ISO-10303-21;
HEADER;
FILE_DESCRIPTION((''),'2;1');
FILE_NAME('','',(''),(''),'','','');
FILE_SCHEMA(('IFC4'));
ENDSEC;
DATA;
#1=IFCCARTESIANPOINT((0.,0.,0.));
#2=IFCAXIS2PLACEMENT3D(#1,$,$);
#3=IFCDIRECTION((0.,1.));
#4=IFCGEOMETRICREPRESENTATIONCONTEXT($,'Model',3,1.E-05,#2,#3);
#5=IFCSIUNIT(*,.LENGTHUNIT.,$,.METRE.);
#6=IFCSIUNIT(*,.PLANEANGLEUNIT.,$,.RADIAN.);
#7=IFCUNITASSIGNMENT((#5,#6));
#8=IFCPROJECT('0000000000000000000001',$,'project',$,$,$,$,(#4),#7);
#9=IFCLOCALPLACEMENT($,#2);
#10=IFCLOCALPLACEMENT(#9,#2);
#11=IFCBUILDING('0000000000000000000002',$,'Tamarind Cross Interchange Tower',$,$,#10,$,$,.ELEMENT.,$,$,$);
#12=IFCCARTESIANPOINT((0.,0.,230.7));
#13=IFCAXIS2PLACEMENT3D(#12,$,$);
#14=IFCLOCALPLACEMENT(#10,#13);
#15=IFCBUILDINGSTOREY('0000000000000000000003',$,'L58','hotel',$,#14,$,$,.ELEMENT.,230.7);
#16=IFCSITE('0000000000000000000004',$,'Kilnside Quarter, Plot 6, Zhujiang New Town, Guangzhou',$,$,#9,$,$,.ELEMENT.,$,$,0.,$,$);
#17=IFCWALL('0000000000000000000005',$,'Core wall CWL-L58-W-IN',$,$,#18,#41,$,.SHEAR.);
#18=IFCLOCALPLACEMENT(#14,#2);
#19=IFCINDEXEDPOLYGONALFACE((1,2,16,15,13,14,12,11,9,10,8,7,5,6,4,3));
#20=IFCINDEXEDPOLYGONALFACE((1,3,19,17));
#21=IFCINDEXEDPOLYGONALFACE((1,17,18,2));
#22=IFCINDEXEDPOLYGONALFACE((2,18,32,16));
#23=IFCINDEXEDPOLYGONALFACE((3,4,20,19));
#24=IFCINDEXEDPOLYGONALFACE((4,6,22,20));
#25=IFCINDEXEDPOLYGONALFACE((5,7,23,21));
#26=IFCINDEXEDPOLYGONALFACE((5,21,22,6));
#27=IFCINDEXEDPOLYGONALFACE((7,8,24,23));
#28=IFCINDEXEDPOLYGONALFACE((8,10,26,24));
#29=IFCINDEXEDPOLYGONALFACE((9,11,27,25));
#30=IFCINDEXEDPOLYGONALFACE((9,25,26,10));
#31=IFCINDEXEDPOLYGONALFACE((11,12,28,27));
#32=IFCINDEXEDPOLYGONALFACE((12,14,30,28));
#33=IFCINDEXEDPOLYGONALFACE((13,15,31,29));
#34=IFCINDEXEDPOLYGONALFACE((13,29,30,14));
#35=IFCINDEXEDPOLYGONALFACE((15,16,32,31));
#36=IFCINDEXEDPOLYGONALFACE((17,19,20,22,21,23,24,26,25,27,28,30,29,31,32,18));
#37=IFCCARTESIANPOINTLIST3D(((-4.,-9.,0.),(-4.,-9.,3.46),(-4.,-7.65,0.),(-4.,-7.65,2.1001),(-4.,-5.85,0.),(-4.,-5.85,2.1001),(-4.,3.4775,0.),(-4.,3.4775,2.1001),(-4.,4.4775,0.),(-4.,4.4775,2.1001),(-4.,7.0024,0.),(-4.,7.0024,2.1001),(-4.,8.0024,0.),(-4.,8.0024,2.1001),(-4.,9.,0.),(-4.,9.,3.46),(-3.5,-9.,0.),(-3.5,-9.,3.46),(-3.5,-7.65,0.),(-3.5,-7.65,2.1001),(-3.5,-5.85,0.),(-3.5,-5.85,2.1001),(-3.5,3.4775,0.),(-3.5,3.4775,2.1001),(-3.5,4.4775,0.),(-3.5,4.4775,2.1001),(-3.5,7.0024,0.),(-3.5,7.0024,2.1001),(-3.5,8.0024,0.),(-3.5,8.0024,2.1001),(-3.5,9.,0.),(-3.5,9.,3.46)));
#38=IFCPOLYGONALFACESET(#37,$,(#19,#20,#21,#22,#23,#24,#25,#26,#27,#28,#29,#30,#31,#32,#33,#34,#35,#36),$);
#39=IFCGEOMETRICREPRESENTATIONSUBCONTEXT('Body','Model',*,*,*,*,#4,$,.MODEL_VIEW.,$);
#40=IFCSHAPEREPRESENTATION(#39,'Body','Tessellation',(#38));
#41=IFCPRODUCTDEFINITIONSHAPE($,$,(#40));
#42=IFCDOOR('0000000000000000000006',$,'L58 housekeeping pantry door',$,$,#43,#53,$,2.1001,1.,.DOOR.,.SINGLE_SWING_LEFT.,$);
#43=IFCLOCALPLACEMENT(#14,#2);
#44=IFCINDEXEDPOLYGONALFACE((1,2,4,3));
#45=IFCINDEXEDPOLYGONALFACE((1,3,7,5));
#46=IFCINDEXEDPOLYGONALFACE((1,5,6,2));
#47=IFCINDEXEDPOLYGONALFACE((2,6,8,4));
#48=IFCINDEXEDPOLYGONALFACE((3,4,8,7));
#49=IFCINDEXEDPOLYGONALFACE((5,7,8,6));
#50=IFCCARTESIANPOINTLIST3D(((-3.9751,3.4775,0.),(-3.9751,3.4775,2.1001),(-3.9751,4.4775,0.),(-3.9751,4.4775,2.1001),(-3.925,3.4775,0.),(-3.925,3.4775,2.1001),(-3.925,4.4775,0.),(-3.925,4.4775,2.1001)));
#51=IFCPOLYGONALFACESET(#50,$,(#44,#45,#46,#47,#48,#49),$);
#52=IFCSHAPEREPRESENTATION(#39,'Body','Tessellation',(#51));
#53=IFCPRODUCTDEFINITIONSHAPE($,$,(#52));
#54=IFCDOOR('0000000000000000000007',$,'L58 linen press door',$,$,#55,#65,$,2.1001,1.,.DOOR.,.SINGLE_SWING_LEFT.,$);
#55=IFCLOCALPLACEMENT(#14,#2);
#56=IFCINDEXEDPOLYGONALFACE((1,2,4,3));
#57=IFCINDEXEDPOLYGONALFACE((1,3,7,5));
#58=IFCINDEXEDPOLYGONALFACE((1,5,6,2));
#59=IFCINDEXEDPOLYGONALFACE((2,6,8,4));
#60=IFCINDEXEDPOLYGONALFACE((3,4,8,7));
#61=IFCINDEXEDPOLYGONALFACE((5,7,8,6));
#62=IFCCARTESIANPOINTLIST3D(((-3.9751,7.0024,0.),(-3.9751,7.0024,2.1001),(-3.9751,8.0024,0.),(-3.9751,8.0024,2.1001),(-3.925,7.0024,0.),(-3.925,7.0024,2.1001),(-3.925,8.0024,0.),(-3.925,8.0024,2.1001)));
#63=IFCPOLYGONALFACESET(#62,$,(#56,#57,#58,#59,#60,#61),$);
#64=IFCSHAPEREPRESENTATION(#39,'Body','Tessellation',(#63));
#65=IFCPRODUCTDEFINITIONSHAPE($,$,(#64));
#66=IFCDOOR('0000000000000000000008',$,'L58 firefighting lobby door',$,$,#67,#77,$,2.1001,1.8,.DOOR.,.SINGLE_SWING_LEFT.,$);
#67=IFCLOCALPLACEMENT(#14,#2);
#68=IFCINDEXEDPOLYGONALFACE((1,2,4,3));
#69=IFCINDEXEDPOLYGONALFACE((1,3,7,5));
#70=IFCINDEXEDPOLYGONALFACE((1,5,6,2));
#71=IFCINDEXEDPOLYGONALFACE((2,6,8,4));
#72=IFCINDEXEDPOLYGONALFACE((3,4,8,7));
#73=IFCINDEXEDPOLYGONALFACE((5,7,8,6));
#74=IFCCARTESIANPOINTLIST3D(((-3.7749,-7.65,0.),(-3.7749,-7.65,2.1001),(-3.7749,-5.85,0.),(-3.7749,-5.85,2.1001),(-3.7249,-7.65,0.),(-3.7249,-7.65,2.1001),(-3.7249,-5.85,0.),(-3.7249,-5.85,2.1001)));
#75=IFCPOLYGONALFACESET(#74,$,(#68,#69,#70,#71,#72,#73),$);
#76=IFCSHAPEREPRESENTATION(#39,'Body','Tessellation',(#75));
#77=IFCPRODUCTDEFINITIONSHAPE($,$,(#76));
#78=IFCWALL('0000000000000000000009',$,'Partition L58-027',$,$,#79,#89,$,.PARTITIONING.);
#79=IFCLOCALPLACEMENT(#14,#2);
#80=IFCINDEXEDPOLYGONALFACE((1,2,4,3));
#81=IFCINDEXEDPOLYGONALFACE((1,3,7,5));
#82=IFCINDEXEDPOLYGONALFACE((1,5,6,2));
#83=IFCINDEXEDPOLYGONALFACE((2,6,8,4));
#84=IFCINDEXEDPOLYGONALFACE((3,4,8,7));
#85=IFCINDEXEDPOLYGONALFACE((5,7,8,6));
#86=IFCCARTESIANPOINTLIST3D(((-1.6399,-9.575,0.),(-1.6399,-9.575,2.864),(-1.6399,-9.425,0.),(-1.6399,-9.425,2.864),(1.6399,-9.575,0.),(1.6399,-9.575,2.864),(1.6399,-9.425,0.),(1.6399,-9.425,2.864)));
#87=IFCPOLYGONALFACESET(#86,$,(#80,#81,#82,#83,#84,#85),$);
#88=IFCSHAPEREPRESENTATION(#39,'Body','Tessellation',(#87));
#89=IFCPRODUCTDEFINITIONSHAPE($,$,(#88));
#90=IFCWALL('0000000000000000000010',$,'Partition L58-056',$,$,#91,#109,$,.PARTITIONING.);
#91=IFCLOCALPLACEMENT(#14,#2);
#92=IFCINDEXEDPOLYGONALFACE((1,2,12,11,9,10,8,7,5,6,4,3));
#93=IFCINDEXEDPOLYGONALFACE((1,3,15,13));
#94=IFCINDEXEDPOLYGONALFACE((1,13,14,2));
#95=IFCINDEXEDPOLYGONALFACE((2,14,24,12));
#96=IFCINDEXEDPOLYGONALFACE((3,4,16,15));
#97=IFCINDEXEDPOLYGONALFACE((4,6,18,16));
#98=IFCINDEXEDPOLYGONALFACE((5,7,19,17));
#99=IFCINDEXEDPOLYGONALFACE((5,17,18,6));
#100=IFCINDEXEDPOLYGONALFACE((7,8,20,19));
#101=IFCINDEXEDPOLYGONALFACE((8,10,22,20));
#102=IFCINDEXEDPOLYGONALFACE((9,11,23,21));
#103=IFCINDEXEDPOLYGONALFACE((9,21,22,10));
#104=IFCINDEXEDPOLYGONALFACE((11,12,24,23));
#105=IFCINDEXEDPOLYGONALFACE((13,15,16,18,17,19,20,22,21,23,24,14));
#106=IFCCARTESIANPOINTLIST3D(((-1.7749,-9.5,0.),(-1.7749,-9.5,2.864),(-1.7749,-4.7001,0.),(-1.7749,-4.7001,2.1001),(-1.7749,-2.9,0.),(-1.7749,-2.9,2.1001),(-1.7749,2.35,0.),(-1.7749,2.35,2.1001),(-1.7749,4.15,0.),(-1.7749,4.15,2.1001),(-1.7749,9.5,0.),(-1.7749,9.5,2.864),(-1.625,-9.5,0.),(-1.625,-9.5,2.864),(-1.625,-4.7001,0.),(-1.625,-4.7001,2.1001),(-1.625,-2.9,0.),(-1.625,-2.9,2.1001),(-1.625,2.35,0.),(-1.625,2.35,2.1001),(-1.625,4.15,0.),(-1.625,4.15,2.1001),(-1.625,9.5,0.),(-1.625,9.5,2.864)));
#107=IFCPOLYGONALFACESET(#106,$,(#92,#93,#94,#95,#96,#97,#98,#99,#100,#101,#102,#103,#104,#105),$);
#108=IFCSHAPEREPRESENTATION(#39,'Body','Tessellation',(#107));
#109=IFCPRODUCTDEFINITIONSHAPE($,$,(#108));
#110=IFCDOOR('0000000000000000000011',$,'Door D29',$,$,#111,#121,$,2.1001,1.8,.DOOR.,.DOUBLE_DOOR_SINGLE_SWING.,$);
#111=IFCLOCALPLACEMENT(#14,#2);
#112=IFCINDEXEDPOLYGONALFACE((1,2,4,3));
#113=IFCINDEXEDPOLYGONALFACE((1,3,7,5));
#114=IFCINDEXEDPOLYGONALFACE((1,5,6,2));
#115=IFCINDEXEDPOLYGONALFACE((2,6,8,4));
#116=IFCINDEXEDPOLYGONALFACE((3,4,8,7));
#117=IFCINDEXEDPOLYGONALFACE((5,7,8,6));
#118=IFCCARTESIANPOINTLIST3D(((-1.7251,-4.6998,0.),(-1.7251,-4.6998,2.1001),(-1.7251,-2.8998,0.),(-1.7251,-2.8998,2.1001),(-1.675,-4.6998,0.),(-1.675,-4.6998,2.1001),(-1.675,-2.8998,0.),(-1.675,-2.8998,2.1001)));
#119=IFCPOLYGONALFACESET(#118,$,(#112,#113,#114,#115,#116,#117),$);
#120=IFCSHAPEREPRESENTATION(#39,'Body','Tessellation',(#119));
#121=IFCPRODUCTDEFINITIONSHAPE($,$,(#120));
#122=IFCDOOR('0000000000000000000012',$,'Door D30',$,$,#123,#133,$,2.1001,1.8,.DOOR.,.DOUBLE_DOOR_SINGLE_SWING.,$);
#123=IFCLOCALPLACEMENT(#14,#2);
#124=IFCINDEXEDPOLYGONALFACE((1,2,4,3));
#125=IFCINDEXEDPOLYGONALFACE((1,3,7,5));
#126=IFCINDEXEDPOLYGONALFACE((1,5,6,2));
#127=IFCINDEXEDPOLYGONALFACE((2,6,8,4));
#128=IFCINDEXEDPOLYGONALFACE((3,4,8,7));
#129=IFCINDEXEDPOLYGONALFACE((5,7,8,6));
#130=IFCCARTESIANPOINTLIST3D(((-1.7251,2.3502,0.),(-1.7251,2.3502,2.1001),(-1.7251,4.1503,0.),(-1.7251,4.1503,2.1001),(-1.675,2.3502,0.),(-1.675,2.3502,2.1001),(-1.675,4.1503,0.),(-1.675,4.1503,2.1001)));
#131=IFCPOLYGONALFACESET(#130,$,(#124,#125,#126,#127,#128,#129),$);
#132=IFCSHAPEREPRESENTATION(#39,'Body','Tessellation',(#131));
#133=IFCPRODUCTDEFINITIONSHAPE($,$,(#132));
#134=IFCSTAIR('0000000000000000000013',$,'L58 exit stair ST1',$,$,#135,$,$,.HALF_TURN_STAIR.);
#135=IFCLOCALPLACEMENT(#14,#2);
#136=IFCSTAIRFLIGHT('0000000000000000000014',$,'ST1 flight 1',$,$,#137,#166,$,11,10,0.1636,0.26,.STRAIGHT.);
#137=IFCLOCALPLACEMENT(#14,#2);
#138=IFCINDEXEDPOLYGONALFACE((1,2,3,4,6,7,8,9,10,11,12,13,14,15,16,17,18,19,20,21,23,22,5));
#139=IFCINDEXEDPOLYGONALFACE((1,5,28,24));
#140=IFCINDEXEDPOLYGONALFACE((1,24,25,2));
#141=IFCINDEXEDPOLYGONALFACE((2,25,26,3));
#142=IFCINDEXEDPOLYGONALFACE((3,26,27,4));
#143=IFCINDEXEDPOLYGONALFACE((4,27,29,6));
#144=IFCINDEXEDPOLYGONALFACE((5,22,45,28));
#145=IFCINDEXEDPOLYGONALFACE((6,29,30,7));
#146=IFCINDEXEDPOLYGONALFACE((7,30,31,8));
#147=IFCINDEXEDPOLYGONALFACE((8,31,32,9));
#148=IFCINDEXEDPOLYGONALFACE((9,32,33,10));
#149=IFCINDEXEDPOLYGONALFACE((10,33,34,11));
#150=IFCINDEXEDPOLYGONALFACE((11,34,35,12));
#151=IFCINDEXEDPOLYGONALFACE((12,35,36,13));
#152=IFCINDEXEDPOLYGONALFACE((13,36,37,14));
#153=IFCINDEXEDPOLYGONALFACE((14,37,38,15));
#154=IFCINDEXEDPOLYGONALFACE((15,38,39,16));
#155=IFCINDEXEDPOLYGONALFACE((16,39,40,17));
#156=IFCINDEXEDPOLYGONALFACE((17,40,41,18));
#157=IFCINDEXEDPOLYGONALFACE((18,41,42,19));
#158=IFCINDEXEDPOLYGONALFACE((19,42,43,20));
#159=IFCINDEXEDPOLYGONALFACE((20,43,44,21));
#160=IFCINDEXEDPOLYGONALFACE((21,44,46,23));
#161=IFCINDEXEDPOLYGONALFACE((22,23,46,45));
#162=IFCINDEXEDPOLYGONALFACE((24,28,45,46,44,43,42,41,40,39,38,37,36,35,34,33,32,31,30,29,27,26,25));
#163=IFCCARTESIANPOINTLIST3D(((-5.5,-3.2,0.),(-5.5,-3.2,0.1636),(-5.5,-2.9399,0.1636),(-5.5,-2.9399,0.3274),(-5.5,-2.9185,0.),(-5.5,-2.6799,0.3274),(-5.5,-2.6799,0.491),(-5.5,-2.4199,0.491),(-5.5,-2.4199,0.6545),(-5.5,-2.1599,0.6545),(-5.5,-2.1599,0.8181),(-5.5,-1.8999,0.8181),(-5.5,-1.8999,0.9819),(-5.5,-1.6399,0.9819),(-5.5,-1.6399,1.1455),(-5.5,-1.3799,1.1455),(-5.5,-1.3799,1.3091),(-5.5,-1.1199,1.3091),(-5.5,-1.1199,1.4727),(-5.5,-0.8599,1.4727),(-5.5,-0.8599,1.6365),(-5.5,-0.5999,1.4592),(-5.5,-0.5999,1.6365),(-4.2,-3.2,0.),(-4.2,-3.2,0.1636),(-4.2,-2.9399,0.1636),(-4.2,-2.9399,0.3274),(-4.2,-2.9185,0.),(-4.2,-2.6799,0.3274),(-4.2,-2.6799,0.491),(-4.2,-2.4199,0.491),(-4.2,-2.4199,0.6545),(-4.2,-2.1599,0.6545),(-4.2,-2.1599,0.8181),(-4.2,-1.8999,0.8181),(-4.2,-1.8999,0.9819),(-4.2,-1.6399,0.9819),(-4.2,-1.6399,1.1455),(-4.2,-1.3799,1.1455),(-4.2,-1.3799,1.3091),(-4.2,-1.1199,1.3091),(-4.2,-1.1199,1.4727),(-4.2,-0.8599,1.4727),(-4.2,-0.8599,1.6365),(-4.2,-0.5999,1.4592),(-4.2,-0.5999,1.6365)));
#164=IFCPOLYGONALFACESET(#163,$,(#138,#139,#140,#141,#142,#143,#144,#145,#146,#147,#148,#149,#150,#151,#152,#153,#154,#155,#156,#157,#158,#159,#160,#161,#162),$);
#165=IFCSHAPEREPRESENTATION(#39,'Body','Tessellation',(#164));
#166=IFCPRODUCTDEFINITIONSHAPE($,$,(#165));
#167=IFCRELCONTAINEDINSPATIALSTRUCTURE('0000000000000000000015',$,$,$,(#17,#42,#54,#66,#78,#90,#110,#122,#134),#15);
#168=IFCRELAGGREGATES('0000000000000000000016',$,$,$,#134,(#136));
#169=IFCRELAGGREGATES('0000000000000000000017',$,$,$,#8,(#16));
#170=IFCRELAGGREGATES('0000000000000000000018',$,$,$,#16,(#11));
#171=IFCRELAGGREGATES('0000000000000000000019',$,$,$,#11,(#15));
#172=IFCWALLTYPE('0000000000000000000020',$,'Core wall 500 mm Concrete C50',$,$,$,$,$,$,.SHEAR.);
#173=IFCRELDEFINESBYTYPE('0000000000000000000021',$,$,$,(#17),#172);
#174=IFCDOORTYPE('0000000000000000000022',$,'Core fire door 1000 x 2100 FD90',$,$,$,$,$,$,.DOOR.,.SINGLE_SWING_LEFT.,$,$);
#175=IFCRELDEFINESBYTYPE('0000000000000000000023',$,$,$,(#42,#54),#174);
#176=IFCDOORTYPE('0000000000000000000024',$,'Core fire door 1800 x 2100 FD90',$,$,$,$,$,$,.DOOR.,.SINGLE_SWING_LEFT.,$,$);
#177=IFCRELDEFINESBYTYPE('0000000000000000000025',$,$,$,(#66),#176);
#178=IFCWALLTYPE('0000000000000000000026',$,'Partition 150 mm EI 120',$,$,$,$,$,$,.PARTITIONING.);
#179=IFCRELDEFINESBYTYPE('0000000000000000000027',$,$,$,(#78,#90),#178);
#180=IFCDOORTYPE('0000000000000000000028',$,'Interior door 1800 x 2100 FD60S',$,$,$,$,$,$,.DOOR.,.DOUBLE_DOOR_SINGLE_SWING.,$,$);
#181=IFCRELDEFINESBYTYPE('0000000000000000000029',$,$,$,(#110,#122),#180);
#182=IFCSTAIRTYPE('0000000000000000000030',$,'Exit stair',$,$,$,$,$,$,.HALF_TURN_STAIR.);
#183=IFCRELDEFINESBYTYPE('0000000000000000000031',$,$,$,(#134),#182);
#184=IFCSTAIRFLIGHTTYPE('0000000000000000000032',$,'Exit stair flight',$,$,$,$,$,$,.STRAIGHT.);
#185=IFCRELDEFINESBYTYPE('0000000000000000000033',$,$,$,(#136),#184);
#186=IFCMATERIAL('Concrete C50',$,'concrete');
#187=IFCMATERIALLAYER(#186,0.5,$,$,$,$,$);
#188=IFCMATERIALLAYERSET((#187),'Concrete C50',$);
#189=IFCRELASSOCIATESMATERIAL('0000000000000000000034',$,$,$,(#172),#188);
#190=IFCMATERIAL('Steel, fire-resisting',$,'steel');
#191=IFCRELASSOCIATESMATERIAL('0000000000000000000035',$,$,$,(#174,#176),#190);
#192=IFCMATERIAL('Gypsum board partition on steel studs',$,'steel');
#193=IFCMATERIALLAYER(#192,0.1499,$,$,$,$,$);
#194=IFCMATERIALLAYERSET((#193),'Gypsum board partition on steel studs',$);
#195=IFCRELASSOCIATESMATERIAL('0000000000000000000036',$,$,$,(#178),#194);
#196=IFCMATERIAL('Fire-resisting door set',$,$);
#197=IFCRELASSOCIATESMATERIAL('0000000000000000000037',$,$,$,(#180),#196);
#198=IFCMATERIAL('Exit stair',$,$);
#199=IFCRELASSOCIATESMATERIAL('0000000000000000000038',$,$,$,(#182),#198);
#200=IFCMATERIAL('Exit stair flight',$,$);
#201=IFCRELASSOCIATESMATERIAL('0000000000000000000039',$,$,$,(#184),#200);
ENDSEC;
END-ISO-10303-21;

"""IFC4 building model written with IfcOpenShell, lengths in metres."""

from ifc_helpers import new_model, si_unit, direction, frame, frame_2d, origin, place, context, subcontext, project, spatial, polyline, rectangle, outline, extrude, material, layer, layer_set, type_object, element, fill, aggregate, save


model = new_model("IFC4")

# Units and contexts
model_context = context("Model", 3, precision=1e-05, world=origin(), true_north=direction((0.0, 1.0)))
body_context = subcontext(model_context, "Body", "Model", "MODEL_VIEW")
ifc_project = project(units=[si_unit("LENGTHUNIT", "METRE"), si_unit("PLANEANGLEUNIT", "RADIAN")], contexts=[model_context])

# Site, building, storey
site_placement = place(None, origin())
site = spatial("IfcSite", under=ifc_project, at=site_placement, Name="Kilnside Quarter, Plot 6, Zhujiang New Town, Guangzhou", CompositionType="ELEMENT", RefElevation=0.0)
building_placement = place(site_placement, origin())
building = spatial("IfcBuilding", under=site, at=building_placement, Name="Tamarind Cross Interchange Tower", CompositionType="ELEMENT")
storey_placement = place(building_placement, frame((0.0, 0.0, 230.7)))
storey = spatial("IfcBuildingStorey", under=building, at=storey_placement, Name="L58", Description="hotel", CompositionType="ELEMENT", Elevation=230.7)

# Wall, openings, doors
ifc_material_1 = material(Name="Concrete C50", Category="concrete")
ifc_layer_1 = layer(ifc_material_1, 0.5)
ifc_layer_set_1 = layer_set([ifc_layer_1], Name="Concrete C50")
wall_type_1 = type_object("IfcWallType", Name="Core wall 500 mm Concrete C50", PredefinedType="SHEAR", material=ifc_layer_set_1)
wall_1_placement = place(storey_placement, frame((-3.75, -9.0, 0.0), z_axis=(0.0, 0.0, 1.0), x_axis=(0.0, 1.0, 0.0)))
wall_1 = element("IfcWall", 1, at=wall_1_placement, inside=storey, type_object=wall_type_1, Name="Core wall CWL-L58-W-IN", PredefinedType="SHEAR", context=body_context, shape_type="SweptSolid", body=[
    extrude(rectangle(XDim=18.0, YDim=0.5, at=frame_2d((9.0, 0.0))), origin(), (0.0, 0.0, 1.0), 3.46),
])
opening_1_placement = place(wall_1_placement, frame((1.3501, 0.0, 0.0)))
opening_1 = element("IfcOpeningElement", 2, at=opening_1_placement, cuts=wall_1, PredefinedType="OPENING", context=body_context, shape_type="SweptSolid", body=[
    extrude(rectangle(XDim=1.8, YDim=2.1001, at=frame_2d((0.8999, 1.05))), frame((0.0, 0.26, 0.0), z_axis=(0.0, -1.0, 0.0), x_axis=(1.0, 0.0, 0.0)), (0.0, 0.0, 1.0), 0.52),
])
opening_2_placement = place(wall_1_placement, frame((12.4775, 0.0, 0.0)))
opening_2 = element("IfcOpeningElement", 3, at=opening_2_placement, cuts=wall_1, PredefinedType="OPENING", context=body_context, shape_type="SweptSolid", body=[
    extrude(rectangle(XDim=1.0, YDim=2.1001, at=frame_2d((0.5, 1.05))), frame((0.0, 0.26, 0.0), z_axis=(0.0, -1.0, 0.0), x_axis=(1.0, 0.0, 0.0)), (0.0, 0.0, 1.0), 0.52),
])
opening_3_placement = place(wall_1_placement, frame((16.0024, 0.0, 0.0)))
opening_3 = element("IfcOpeningElement", 4, at=opening_3_placement, cuts=wall_1, PredefinedType="OPENING", context=body_context, shape_type="SweptSolid", body=[
    extrude(rectangle(XDim=1.0, YDim=2.1001, at=frame_2d((0.5, 1.05))), frame((0.0, 0.26, 0.0), z_axis=(0.0, -1.0, 0.0), x_axis=(1.0, 0.0, 0.0)), (0.0, 0.0, 1.0), 0.52),
])
ifc_material_2 = material(Name="Steel, fire-resisting", Category="steel")
door_type_1 = type_object("IfcDoorType", Name="Core fire door 1000 x 2100 FD90", OperationType="SINGLE_SWING_LEFT", PredefinedType="DOOR", material=ifc_material_2)
door_1_placement = place(opening_2_placement, origin())
door_1 = element("IfcDoor", 5, at=door_1_placement, inside=storey, type_object=door_type_1, Name="L58 housekeeping pantry door", OperationType="SINGLE_SWING_LEFT", OverallHeight=2.1001, OverallWidth=1.0, PredefinedType="DOOR", context=body_context, shape_type="SweptSolid", body=[
    extrude(rectangle(XDim=1.0, YDim=2.1001, at=frame_2d((0.5, 1.05))), frame((0.0, 0.2251, 0.0), z_axis=(0.0, -1.0, 0.0), x_axis=(1.0, 0.0, 0.0)), (0.0, 0.0, 1.0), 0.05),
])
fill(opening_2, door_1)
door_2_placement = place(opening_3_placement, origin())
door_2 = element("IfcDoor", 6, at=door_2_placement, inside=storey, type_object=door_type_1, Name="L58 linen press door", OperationType="SINGLE_SWING_LEFT", OverallHeight=2.1001, OverallWidth=1.0, PredefinedType="DOOR", context=body_context, shape_type="SweptSolid", body=[
    extrude(rectangle(XDim=1.0, YDim=2.1001, at=frame_2d((0.5, 1.05))), frame((0.0, 0.2251, 0.0), z_axis=(0.0, -1.0, 0.0), x_axis=(1.0, 0.0, 0.0)), (0.0, 0.0, 1.0), 0.05),
])
fill(opening_3, door_2)
door_type_2 = type_object("IfcDoorType", Name="Core fire door 1800 x 2100 FD90", OperationType="SINGLE_SWING_LEFT", PredefinedType="DOOR", material=ifc_material_2)
door_3_placement = place(opening_1_placement, origin())
door_3 = element("IfcDoor", 7, at=door_3_placement, inside=storey, type_object=door_type_2, Name="L58 firefighting lobby door", OperationType="SINGLE_SWING_LEFT", OverallHeight=2.1001, OverallWidth=1.8, PredefinedType="DOOR", context=body_context, shape_type="SweptSolid", body=[
    extrude(rectangle(XDim=1.8, YDim=2.1001, at=frame_2d((0.8999, 1.05))), frame((0.0, 0.0249, 0.0), z_axis=(0.0, -1.0, 0.0), x_axis=(1.0, 0.0, 0.0)), (0.0, 0.0, 1.0), 0.05),
])
fill(opening_1, door_3)

# Wall
ifc_material_3 = material(Name="Gypsum board partition on steel studs", Category="steel")
ifc_layer_2 = layer(ifc_material_3, 0.1499)
ifc_layer_set_2 = layer_set([ifc_layer_2], Name="Gypsum board partition on steel studs")
wall_type_2 = type_object("IfcWallType", Name="Partition 150 mm EI 120", PredefinedType="PARTITIONING", material=ifc_layer_set_2)
wall_2_placement = place(storey_placement, frame((-1.6399, -9.5, 0.0), z_axis=(0.0, 0.0, 1.0), x_axis=(1.0, 0.0, 0.0)))
element("IfcWall", 8, at=wall_2_placement, inside=storey, type_object=wall_type_2, Name="Partition L58-027", PredefinedType="PARTITIONING", context=body_context, shape_type="SweptSolid", body=[
    extrude(rectangle(XDim=3.2798, YDim=0.1499, at=frame_2d((1.6399, 0.0))), origin(), (0.0, 0.0, 1.0), 2.864),
])

# Wall, openings, doors
wall_3_placement = place(storey_placement, frame((-1.7, -9.5, 0.0), z_axis=(0.0, 0.0, 1.0), x_axis=(0.0, 1.0, 0.0)))
wall_3 = element("IfcWall", 9, at=wall_3_placement, inside=storey, type_object=wall_type_2, Name="Partition L58-056", PredefinedType="PARTITIONING", context=body_context, shape_type="SweptSolid", body=[
    extrude(rectangle(XDim=19.0, YDim=0.1499, at=frame_2d((9.5, 0.0))), origin(), (0.0, 0.0, 1.0), 2.864),
])
opening_4_placement = place(wall_3_placement, frame((4.8, 0.0, 0.0)))
opening_4 = element("IfcOpeningElement", 10, at=opening_4_placement, cuts=wall_3, PredefinedType="OPENING", context=body_context, shape_type="SweptSolid", body=[
    extrude(rectangle(XDim=1.8, YDim=2.1001, at=frame_2d((0.8999, 1.05))), frame((0.0, 0.085, 0.0), z_axis=(0.0, -1.0, 0.0), x_axis=(1.0, 0.0, 0.0)), (0.0, 0.0, 1.0), 0.1699),
])
opening_5_placement = place(wall_3_placement, frame((11.8501, 0.0, 0.0)))
opening_5 = element("IfcOpeningElement", 11, at=opening_5_placement, cuts=wall_3, PredefinedType="OPENING", context=body_context, shape_type="SweptSolid", body=[
    extrude(rectangle(XDim=1.8, YDim=2.1001, at=frame_2d((0.8999, 1.05))), frame((0.0, 0.085, 0.0), z_axis=(0.0, -1.0, 0.0), x_axis=(1.0, 0.0, 0.0)), (0.0, 0.0, 1.0), 0.1699),
])
ifc_material_4 = material(Name="Fire-resisting door set")
door_type_3 = type_object("IfcDoorType", Name="Interior door 1800 x 2100 FD60S", OperationType="DOUBLE_DOOR_SINGLE_SWING", PredefinedType="DOOR", material=ifc_material_4)
door_4_placement = place(opening_4_placement, frame((1.8, 0.0, 0.0), z_axis=(0.0, 0.0, 1.0), x_axis=(-1.0, 0.0, 0.0)))
door_4 = element("IfcDoor", 12, at=door_4_placement, inside=storey, type_object=door_type_3, Name="Door D29", OperationType="DOUBLE_DOOR_SINGLE_SWING", OverallHeight=2.1001, OverallWidth=1.8, PredefinedType="DOOR", context=body_context, shape_type="SweptSolid", body=[
    extrude(rectangle(XDim=1.8, YDim=2.1001, at=frame_2d((0.8999, 1.05))), frame((0.0, 0.0249, 0.0), z_axis=(0.0, -1.0, 0.0), x_axis=(1.0, 0.0, 0.0)), (0.0, 0.0, 1.0), 0.05),
])
fill(opening_4, door_4)
door_5_placement = place(opening_5_placement, frame((1.8, 0.0, 0.0), z_axis=(0.0, 0.0, 1.0), x_axis=(-1.0, 0.0, 0.0)))
door_5 = element("IfcDoor", 13, at=door_5_placement, inside=storey, type_object=door_type_3, Name="Door D30", OperationType="DOUBLE_DOOR_SINGLE_SWING", OverallHeight=2.1001, OverallWidth=1.8, PredefinedType="DOOR", context=body_context, shape_type="SweptSolid", body=[
    extrude(rectangle(XDim=1.8, YDim=2.1001, at=frame_2d((0.8999, 1.05))), frame((0.0, 0.0249, 0.0), z_axis=(0.0, -1.0, 0.0), x_axis=(1.0, 0.0, 0.0)), (0.0, 0.0, 1.0), 0.05),
])
fill(opening_5, door_5)

# Stair, stair flight
ifc_material_5 = material(Name="Exit stair")
stair_type = type_object("IfcStairType", Name="Exit stair", PredefinedType="HALF_TURN_STAIR", material=ifc_material_5)
stair_placement = place(storey_placement, origin())
stair = element("IfcStair", 14, at=stair_placement, inside=storey, type_object=stair_type, Name="L58 exit stair ST1", PredefinedType="HALF_TURN_STAIR")
ifc_material_6 = material(Name="Exit stair flight")
stair_flight_type = type_object("IfcStairFlightType", Name="Exit stair flight", PredefinedType="STRAIGHT", material=ifc_material_6)
stair_flight_placement = place(storey_placement, frame((-4.8501, -3.2, 0.0), z_axis=(0.0, 0.0, 1.0), x_axis=(0.0, 1.0, 0.0)))
stair_flight = element("IfcStairFlight", 15, at=stair_flight_placement, type_object=stair_flight_type, Name="ST1 flight 1", NumberOfRisers=11, NumberOfTreads=10, PredefinedType="STRAIGHT", RiserHeight=0.1636, TreadLength=0.26, context=body_context, shape_type="SweptSolid", body=[
    extrude(outline(polyline([(0.0, 0.0), (0.0, 0.1636), (0.26, 0.1636), (0.26, 0.3274), (0.52, 0.3274), (0.52, 0.491), (0.78, 0.491), (0.78, 0.6545), (1.04, 0.6545), (1.04, 0.8181), (1.3, 0.8181), (1.3, 0.9819), (1.5601, 0.9819), (1.5601, 1.1455), (1.8201, 1.1455), (1.8201, 1.3091), (2.0801, 1.3091), (2.0801, 1.4727), (2.3401, 1.4727), (2.3401, 1.6365), (2.6001, 1.6365), (2.6001, 1.8), (2.6001, 1.4592), (0.2815, 0.0), (0.0, 0.0)])), frame((0.0, 0.6499, 0.0), z_axis=(0.0, -1.0, 0.0), x_axis=(1.0, 0.0, 0.0)), (0.0, 0.0, 1.0), 1.3),
])
aggregate(stair, [stair_flight])

save(model, "model.ifc")
